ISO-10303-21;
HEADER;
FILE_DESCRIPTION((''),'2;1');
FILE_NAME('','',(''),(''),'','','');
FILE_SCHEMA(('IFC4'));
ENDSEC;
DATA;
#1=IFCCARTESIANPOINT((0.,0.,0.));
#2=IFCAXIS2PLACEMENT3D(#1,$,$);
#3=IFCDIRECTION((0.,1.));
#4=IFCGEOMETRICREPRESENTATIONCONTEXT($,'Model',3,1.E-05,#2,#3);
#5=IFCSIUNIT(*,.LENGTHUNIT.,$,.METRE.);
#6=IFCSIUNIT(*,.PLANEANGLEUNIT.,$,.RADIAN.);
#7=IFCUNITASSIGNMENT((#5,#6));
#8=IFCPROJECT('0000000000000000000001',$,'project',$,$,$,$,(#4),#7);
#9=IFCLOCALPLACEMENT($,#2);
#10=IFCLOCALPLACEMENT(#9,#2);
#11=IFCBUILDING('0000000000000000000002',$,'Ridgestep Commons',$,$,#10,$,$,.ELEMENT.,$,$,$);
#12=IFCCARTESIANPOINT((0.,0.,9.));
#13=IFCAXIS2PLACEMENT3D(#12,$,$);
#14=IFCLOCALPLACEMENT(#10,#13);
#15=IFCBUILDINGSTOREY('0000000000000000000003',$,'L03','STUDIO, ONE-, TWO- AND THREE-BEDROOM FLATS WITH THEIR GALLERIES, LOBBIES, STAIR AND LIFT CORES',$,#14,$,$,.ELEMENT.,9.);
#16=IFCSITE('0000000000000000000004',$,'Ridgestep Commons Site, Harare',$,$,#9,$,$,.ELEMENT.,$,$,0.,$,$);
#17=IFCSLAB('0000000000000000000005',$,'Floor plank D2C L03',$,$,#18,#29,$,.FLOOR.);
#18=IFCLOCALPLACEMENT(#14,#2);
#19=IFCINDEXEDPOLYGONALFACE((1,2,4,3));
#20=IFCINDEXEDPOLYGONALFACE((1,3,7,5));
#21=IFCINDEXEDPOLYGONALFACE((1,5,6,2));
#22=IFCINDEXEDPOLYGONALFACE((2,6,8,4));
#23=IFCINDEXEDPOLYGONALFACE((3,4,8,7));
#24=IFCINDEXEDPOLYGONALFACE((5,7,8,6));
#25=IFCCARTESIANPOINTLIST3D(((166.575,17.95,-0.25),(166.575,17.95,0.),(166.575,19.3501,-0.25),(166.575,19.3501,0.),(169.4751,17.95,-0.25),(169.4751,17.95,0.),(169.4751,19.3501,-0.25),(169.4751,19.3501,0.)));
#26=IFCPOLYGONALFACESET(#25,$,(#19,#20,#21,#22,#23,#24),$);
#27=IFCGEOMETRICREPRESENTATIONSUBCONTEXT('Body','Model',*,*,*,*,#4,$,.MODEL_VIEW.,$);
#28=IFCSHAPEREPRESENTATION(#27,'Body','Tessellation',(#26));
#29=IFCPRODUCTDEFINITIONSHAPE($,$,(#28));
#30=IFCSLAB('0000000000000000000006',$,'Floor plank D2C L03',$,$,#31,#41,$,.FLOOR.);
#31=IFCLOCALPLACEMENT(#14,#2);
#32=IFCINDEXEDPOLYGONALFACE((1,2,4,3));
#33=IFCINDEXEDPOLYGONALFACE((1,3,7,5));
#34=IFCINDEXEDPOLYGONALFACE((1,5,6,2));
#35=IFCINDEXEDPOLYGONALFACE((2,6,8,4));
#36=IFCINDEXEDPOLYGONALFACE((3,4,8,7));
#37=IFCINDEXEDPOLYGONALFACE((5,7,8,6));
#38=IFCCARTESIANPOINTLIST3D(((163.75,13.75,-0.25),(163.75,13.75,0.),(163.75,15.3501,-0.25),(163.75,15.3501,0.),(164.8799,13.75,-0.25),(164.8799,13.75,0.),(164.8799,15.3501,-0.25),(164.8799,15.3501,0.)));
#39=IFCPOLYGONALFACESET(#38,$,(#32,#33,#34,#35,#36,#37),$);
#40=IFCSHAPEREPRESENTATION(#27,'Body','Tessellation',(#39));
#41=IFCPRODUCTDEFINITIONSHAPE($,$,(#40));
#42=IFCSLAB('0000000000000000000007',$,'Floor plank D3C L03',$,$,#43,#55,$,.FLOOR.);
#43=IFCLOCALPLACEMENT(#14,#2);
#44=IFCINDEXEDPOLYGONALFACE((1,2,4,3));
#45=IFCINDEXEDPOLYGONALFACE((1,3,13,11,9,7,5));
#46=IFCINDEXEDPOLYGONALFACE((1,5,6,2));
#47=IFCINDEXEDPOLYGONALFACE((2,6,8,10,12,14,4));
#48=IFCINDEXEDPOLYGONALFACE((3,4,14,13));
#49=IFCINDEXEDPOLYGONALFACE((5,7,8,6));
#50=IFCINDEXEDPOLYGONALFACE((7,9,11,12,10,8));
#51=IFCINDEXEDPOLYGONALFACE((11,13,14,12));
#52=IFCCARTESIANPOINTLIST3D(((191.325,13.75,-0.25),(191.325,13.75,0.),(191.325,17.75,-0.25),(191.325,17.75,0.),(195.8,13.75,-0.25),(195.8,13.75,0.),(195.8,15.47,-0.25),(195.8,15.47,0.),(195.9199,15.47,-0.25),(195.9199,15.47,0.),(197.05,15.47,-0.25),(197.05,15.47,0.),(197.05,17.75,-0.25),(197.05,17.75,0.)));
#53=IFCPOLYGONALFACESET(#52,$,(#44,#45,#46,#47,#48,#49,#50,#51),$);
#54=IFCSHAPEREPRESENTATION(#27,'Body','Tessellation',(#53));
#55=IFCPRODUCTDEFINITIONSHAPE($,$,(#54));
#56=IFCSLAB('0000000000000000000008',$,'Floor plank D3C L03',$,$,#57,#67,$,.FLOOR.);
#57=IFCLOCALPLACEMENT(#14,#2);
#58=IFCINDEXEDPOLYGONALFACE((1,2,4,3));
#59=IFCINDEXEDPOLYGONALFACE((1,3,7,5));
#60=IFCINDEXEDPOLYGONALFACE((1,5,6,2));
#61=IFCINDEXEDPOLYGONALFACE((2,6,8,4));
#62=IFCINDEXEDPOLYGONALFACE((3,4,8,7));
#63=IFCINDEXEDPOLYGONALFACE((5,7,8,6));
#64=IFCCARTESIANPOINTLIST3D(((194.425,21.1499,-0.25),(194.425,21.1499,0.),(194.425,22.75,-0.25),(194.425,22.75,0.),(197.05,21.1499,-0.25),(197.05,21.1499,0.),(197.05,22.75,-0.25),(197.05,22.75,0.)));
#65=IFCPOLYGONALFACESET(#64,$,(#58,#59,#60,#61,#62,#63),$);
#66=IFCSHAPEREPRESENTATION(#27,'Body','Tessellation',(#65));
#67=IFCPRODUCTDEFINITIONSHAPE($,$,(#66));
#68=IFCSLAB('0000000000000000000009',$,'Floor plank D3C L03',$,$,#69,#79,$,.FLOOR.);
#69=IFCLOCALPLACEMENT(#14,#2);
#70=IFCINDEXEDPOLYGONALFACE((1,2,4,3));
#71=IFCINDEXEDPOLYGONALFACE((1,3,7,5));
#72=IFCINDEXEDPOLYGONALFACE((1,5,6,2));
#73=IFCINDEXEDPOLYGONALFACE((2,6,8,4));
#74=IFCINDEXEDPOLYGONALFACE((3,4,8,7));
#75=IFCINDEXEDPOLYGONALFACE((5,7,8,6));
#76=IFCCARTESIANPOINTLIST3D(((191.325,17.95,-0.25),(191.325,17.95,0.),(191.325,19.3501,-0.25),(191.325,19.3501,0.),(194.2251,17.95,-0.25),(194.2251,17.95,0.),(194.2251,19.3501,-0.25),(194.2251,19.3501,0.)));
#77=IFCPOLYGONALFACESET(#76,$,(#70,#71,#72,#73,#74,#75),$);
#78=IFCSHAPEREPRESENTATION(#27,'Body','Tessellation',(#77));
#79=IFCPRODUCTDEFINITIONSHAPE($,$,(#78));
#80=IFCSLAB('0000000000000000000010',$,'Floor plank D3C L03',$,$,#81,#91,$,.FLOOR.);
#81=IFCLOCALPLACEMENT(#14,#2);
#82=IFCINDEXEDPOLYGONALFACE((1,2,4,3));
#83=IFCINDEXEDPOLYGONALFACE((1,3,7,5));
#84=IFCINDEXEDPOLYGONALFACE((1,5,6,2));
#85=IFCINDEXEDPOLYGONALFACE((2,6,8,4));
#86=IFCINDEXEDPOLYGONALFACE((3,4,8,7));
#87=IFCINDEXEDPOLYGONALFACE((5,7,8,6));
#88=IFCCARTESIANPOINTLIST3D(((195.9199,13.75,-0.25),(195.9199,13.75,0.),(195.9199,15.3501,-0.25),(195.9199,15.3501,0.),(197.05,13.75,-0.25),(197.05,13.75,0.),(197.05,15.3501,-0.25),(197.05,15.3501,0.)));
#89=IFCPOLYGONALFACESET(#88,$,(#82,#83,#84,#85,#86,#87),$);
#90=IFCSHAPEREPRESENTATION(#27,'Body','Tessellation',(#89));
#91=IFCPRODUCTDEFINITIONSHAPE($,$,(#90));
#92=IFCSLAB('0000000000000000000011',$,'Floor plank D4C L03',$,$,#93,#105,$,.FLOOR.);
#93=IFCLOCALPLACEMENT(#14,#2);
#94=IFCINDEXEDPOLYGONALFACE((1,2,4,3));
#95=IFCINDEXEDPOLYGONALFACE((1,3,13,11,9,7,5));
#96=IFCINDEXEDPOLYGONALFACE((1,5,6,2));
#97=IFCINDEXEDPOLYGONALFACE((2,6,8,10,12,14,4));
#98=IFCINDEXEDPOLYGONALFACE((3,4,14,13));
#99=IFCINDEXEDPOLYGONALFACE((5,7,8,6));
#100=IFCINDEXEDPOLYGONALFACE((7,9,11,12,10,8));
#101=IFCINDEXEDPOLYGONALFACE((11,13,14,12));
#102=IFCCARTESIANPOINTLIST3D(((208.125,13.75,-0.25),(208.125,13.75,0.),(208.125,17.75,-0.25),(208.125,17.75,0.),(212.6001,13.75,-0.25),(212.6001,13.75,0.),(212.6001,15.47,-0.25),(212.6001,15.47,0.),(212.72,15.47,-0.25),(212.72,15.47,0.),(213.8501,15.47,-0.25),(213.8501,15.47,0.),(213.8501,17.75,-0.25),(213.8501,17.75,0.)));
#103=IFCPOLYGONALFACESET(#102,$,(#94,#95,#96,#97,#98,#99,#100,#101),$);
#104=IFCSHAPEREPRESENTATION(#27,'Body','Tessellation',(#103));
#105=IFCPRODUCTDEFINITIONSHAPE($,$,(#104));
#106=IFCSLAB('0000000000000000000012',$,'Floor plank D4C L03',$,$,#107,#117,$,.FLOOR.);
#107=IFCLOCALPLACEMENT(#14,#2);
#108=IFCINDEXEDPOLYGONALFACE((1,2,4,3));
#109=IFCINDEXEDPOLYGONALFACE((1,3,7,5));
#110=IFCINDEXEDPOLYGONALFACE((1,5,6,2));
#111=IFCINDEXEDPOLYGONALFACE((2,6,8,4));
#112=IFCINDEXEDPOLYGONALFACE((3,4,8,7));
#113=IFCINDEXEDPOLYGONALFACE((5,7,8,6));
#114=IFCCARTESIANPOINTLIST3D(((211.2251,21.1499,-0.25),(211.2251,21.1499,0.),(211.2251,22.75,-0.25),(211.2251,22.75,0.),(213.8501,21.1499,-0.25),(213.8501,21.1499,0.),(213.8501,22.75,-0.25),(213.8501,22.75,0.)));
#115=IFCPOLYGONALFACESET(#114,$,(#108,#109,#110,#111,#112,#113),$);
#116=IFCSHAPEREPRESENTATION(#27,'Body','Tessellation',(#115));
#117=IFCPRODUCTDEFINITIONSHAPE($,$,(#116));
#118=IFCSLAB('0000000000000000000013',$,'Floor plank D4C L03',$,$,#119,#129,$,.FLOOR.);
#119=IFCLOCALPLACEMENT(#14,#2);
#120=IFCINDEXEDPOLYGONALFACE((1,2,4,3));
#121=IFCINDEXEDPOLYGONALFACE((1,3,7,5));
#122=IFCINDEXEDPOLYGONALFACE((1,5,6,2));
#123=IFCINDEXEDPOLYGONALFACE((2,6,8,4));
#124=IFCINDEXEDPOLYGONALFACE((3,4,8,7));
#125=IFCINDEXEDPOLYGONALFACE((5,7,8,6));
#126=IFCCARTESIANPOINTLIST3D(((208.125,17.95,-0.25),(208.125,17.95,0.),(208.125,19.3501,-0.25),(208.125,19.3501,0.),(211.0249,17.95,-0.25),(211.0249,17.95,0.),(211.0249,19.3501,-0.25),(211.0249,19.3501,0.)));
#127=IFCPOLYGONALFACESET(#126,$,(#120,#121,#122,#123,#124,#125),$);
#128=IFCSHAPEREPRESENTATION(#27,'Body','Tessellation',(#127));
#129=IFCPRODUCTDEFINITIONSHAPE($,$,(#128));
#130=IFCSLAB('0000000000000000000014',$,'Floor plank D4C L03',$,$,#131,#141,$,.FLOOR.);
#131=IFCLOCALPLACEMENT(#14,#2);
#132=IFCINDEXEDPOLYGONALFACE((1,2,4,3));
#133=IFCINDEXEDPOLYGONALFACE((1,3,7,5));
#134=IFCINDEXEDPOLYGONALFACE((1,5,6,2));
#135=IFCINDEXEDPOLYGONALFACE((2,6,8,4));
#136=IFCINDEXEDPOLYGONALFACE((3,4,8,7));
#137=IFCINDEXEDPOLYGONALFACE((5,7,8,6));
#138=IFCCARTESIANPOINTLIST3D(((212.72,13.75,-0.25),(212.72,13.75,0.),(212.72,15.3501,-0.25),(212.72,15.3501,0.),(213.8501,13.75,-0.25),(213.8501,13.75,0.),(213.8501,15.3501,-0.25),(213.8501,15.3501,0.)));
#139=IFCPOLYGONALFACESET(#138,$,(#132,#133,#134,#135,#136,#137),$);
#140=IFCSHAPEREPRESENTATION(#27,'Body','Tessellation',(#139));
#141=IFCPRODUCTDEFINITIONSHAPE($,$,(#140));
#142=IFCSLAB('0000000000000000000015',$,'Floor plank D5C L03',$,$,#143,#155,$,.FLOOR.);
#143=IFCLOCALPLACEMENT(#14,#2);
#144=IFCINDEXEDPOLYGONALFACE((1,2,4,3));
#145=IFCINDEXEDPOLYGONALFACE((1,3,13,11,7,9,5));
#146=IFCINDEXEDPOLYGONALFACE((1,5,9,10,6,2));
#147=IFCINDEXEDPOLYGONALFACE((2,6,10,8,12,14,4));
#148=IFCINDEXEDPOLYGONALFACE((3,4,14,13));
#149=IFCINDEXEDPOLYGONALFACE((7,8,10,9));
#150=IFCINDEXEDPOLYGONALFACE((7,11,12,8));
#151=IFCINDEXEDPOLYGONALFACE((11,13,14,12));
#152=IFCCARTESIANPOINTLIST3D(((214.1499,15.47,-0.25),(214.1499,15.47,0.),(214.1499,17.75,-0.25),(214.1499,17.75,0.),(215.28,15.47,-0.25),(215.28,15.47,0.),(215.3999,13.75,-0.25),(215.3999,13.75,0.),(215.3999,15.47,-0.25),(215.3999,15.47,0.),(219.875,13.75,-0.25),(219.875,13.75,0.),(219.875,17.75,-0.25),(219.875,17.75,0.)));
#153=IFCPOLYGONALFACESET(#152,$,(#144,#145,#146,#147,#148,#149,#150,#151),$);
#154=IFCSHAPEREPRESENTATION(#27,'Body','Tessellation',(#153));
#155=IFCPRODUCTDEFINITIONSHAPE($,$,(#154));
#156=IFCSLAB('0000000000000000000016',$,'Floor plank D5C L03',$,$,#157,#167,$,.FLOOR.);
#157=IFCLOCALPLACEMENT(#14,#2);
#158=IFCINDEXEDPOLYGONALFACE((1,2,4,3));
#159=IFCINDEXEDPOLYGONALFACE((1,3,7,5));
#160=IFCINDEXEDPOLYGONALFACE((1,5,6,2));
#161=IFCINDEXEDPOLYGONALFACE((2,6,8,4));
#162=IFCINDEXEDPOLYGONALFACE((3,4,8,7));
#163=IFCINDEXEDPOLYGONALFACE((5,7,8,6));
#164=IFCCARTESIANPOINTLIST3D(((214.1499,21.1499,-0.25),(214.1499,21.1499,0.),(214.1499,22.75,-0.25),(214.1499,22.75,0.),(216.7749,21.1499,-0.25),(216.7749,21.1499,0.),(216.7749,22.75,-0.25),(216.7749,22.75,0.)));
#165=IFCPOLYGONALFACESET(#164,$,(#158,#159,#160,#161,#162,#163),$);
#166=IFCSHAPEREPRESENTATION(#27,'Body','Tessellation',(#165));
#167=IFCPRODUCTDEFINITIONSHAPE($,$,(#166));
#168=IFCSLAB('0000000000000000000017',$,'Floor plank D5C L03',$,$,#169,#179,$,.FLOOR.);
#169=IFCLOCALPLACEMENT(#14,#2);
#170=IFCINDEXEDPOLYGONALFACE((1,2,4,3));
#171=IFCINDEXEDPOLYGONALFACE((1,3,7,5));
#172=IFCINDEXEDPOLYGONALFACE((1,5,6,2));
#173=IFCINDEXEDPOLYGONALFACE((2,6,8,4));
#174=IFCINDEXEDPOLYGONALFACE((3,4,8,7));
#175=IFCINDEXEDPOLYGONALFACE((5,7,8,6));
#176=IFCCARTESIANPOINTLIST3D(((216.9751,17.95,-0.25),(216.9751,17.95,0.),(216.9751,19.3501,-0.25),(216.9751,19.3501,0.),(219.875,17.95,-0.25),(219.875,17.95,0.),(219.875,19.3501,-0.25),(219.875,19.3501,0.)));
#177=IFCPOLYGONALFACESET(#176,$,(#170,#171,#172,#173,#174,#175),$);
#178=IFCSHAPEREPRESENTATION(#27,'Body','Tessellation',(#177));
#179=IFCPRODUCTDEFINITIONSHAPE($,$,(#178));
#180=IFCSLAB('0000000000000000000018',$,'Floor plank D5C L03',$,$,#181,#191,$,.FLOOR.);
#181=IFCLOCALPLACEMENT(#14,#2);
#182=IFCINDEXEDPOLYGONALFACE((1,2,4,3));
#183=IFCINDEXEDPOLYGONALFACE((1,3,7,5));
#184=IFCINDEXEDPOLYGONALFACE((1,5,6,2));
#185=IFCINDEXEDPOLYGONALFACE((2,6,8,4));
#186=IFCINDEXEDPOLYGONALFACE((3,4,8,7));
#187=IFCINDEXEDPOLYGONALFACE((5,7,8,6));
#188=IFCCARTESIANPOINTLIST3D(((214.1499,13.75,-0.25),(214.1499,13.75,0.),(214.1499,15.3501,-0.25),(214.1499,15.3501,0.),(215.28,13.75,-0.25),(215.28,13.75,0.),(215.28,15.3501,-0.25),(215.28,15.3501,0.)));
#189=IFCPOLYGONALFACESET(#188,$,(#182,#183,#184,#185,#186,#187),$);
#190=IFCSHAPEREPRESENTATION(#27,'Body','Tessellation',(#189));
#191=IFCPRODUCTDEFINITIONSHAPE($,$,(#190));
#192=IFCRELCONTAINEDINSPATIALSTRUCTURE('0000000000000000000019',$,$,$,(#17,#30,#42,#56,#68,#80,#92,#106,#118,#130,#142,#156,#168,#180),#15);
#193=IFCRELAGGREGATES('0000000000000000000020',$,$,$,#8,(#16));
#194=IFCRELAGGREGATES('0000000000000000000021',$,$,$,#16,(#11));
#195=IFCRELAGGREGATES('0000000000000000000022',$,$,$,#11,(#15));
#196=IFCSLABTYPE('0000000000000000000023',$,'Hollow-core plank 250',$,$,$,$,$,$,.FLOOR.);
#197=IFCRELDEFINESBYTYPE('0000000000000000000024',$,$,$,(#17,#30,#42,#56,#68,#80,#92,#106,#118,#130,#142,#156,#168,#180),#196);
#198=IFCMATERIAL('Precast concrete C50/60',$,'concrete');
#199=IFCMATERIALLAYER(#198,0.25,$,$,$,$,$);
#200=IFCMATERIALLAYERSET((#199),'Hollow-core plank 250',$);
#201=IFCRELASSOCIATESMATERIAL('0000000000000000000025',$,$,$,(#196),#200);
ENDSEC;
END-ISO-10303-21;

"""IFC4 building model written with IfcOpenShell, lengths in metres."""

from ifc_helpers import new_model, si_unit, direction, frame, origin, place, context, subcontext, project, spatial, polyline, outline, extrude, material, layer, layer_set, type_object, element, save


model = new_model("IFC4")

# Units and contexts
model_context = context("Model", 3, precision=1e-05, world=origin(), true_north=direction((0.0, 1.0)))
body_context = subcontext(model_context, "Body", "Model", "MODEL_VIEW")
ifc_project = project(units=[si_unit("LENGTHUNIT", "METRE"), si_unit("PLANEANGLEUNIT", "RADIAN")], contexts=[model_context])

# Site, building, storey
site_placement = place(None, origin())
site = spatial("IfcSite", under=ifc_project, at=site_placement, Name="Ridgestep Commons Site, Harare", CompositionType="ELEMENT", RefElevation=0.0)
building_placement = place(site_placement, origin())
building = spatial("IfcBuilding", under=site, at=building_placement, Name="Ridgestep Commons", CompositionType="ELEMENT")
storey_placement = place(building_placement, frame((0.0, 0.0, 9.0)))
storey = spatial("IfcBuildingStorey", under=building, at=storey_placement, Name="L03", Description="STUDIO, ONE-, TWO- AND THREE-BEDROOM FLATS WITH THEIR GALLERIES, LOBBIES, STAIR AND LIFT CORES", CompositionType="ELEMENT", Elevation=9.0)

# Slabs
ifc_material = material(Name="Precast concrete C50/60", Category="concrete")
ifc_layer = layer(ifc_material, 0.25)
ifc_layer_set = layer_set([ifc_layer], Name="Hollow-core plank 250")
slab_type = type_object("IfcSlabType", Name="Hollow-core plank 250", PredefinedType="FLOOR", material=ifc_layer_set)
slab_1_placement = place(storey_placement, frame((0.0, 0.0, -0.25)))
element("IfcSlab", 1, at=slab_1_placement, inside=storey, type_object=slab_type, Name="Floor plank D2C L03", PredefinedType="FLOOR", context=body_context, shape_type="SweptSolid", body=[
    extrude(outline(polyline([(169.4751, 17.95), (169.4751, 19.3501), (166.575, 19.3501), (166.575, 17.95), (169.4751, 17.95)])), origin(), (0.0, 0.0, 1.0), 0.25),
])
slab_2_placement = place(storey_placement, frame((0.0, 0.0, -0.25)))
element("IfcSlab", 2, at=slab_2_placement, inside=storey, type_object=slab_type, Name="Floor plank D2C L03", PredefinedType="FLOOR", context=body_context, shape_type="SweptSolid", body=[
    extrude(outline(polyline([(164.8799, 15.3501), (163.75, 15.3501), (163.75, 13.75), (164.8799, 13.75), (164.8799, 15.3501)])), origin(), (0.0, 0.0, 1.0), 0.25),
])
slab_3_placement = place(storey_placement, frame((0.0, 0.0, -0.25)))
element("IfcSlab", 3, at=slab_3_placement, inside=storey, type_object=slab_type, Name="Floor plank D3C L03", PredefinedType="FLOOR", context=body_context, shape_type="SweptSolid", body=[
    extrude(outline(polyline([(195.9199, 15.47), (197.05, 15.47), (197.05, 17.75), (191.325, 17.75), (191.325, 13.75), (195.8, 13.75), (195.8, 15.47), (195.9199, 15.47)])), origin(), (0.0, 0.0, 1.0), 0.25),
])
slab_4_placement = place(storey_placement, frame((0.0, 0.0, -0.25)))
element("IfcSlab", 4, at=slab_4_placement, inside=storey, type_object=slab_type, Name="Floor plank D3C L03", PredefinedType="FLOOR", context=body_context, shape_type="SweptSolid", body=[
    extrude(outline(polyline([(197.05, 21.1499), (197.05, 22.75), (194.425, 22.75), (194.425, 21.1499), (197.05, 21.1499)])), origin(), (0.0, 0.0, 1.0), 0.25),
])
slab_5_placement = place(storey_placement, frame((0.0, 0.0, -0.25)))
element("IfcSlab", 5, at=slab_5_placement, inside=storey, type_object=slab_type, Name="Floor plank D3C L03", PredefinedType="FLOOR", context=body_context, shape_type="SweptSolid", body=[
    extrude(outline(polyline([(194.2251, 17.95), (194.2251, 19.3501), (191.325, 19.3501), (191.325, 17.95), (194.2251, 17.95)])), origin(), (0.0, 0.0, 1.0), 0.25),
])
slab_6_placement = place(storey_placement, frame((0.0, 0.0, -0.25)))
element("IfcSlab", 6, at=slab_6_placement, inside=storey, type_object=slab_type, Name="Floor plank D3C L03", PredefinedType="FLOOR", context=body_context, shape_type="SweptSolid", body=[
    extrude(outline(polyline([(195.9199, 13.75), (197.05, 13.75), (197.05, 15.3501), (195.9199, 15.3501), (195.9199, 13.75)])), origin(), (0.0, 0.0, 1.0), 0.25),
])
slab_7_placement = place(storey_placement, frame((0.0, 0.0, -0.25)))
element("IfcSlab", 7, at=slab_7_placement, inside=storey, type_object=slab_type, Name="Floor plank D4C L03", PredefinedType="FLOOR", context=body_context, shape_type="SweptSolid", body=[
    extrude(outline(polyline([(212.72, 15.47), (213.8501, 15.47), (213.8501, 17.75), (208.125, 17.75), (208.125, 13.75), (212.6001, 13.75), (212.6001, 15.47), (212.72, 15.47)])), origin(), (0.0, 0.0, 1.0), 0.25),
])
slab_8_placement = place(storey_placement, frame((0.0, 0.0, -0.25)))
element("IfcSlab", 8, at=slab_8_placement, inside=storey, type_object=slab_type, Name="Floor plank D4C L03", PredefinedType="FLOOR", context=body_context, shape_type="SweptSolid", body=[
    extrude(outline(polyline([(213.8501, 21.1499), (213.8501, 22.75), (211.2251, 22.75), (211.2251, 21.1499), (213.8501, 21.1499)])), origin(), (0.0, 0.0, 1.0), 0.25),
])
slab_9_placement = place(storey_placement, frame((0.0, 0.0, -0.25)))
element("IfcSlab", 9, at=slab_9_placement, inside=storey, type_object=slab_type, Name="Floor plank D4C L03", PredefinedType="FLOOR", context=body_context, shape_type="SweptSolid", body=[
    extrude(outline(polyline([(211.0249, 17.95), (211.0249, 19.3501), (208.125, 19.3501), (208.125, 17.95), (211.0249, 17.95)])), origin(), (0.0, 0.0, 1.0), 0.25),
])
slab_10_placement = place(storey_placement, frame((0.0, 0.0, -0.25)))
element("IfcSlab", 10, at=slab_10_placement, inside=storey, type_object=slab_type, Name="Floor plank D4C L03", PredefinedType="FLOOR", context=body_context, shape_type="SweptSolid", body=[
    extrude(outline(polyline([(212.72, 13.75), (213.8501, 13.75), (213.8501, 15.3501), (212.72, 15.3501), (212.72, 13.75)])), origin(), (0.0, 0.0, 1.0), 0.25),
])
slab_11_placement = place(storey_placement, frame((0.0, 0.0, -0.25)))
element("IfcSlab", 11, at=slab_11_placement, inside=storey, type_object=slab_type, Name="Floor plank D5C L03", PredefinedType="FLOOR", context=body_context, shape_type="SweptSolid", body=[
    extrude(outline(polyline([(215.3999, 13.75), (219.875, 13.75), (219.875, 17.75), (214.1499, 17.75), (214.1499, 15.47), (215.28, 15.47), (215.3999, 15.47), (215.3999, 13.75)])), origin(), (0.0, 0.0, 1.0), 0.25),
])
slab_12_placement = place(storey_placement, frame((0.0, 0.0, -0.25)))
element("IfcSlab", 12, at=slab_12_placement, inside=storey, type_object=slab_type, Name="Floor plank D5C L03", PredefinedType="FLOOR", context=body_context, shape_type="SweptSolid", body=[
    extrude(outline(polyline([(216.7749, 22.75), (214.1499, 22.75), (214.1499, 21.1499), (216.7749, 21.1499), (216.7749, 22.75)])), origin(), (0.0, 0.0, 1.0), 0.25),
])
slab_13_placement = place(storey_placement, frame((0.0, 0.0, -0.25)))
element("IfcSlab", 13, at=slab_13_placement, inside=storey, type_object=slab_type, Name="Floor plank D5C L03", PredefinedType="FLOOR", context=body_context, shape_type="SweptSolid", body=[
    extrude(outline(polyline([(219.875, 17.95), (219.875, 19.3501), (216.9751, 19.3501), (216.9751, 17.95), (219.875, 17.95)])), origin(), (0.0, 0.0, 1.0), 0.25),
])
slab_14_placement = place(storey_placement, frame((0.0, 0.0, -0.25)))
element("IfcSlab", 14, at=slab_14_placement, inside=storey, type_object=slab_type, Name="Floor plank D5C L03", PredefinedType="FLOOR", context=body_context, shape_type="SweptSolid", body=[
    extrude(outline(polyline([(215.28, 15.3501), (214.1499, 15.3501), (214.1499, 13.75), (215.28, 13.75), (215.28, 15.3501)])), origin(), (0.0, 0.0, 1.0), 0.25),
])

save(model, "model.ifc")
